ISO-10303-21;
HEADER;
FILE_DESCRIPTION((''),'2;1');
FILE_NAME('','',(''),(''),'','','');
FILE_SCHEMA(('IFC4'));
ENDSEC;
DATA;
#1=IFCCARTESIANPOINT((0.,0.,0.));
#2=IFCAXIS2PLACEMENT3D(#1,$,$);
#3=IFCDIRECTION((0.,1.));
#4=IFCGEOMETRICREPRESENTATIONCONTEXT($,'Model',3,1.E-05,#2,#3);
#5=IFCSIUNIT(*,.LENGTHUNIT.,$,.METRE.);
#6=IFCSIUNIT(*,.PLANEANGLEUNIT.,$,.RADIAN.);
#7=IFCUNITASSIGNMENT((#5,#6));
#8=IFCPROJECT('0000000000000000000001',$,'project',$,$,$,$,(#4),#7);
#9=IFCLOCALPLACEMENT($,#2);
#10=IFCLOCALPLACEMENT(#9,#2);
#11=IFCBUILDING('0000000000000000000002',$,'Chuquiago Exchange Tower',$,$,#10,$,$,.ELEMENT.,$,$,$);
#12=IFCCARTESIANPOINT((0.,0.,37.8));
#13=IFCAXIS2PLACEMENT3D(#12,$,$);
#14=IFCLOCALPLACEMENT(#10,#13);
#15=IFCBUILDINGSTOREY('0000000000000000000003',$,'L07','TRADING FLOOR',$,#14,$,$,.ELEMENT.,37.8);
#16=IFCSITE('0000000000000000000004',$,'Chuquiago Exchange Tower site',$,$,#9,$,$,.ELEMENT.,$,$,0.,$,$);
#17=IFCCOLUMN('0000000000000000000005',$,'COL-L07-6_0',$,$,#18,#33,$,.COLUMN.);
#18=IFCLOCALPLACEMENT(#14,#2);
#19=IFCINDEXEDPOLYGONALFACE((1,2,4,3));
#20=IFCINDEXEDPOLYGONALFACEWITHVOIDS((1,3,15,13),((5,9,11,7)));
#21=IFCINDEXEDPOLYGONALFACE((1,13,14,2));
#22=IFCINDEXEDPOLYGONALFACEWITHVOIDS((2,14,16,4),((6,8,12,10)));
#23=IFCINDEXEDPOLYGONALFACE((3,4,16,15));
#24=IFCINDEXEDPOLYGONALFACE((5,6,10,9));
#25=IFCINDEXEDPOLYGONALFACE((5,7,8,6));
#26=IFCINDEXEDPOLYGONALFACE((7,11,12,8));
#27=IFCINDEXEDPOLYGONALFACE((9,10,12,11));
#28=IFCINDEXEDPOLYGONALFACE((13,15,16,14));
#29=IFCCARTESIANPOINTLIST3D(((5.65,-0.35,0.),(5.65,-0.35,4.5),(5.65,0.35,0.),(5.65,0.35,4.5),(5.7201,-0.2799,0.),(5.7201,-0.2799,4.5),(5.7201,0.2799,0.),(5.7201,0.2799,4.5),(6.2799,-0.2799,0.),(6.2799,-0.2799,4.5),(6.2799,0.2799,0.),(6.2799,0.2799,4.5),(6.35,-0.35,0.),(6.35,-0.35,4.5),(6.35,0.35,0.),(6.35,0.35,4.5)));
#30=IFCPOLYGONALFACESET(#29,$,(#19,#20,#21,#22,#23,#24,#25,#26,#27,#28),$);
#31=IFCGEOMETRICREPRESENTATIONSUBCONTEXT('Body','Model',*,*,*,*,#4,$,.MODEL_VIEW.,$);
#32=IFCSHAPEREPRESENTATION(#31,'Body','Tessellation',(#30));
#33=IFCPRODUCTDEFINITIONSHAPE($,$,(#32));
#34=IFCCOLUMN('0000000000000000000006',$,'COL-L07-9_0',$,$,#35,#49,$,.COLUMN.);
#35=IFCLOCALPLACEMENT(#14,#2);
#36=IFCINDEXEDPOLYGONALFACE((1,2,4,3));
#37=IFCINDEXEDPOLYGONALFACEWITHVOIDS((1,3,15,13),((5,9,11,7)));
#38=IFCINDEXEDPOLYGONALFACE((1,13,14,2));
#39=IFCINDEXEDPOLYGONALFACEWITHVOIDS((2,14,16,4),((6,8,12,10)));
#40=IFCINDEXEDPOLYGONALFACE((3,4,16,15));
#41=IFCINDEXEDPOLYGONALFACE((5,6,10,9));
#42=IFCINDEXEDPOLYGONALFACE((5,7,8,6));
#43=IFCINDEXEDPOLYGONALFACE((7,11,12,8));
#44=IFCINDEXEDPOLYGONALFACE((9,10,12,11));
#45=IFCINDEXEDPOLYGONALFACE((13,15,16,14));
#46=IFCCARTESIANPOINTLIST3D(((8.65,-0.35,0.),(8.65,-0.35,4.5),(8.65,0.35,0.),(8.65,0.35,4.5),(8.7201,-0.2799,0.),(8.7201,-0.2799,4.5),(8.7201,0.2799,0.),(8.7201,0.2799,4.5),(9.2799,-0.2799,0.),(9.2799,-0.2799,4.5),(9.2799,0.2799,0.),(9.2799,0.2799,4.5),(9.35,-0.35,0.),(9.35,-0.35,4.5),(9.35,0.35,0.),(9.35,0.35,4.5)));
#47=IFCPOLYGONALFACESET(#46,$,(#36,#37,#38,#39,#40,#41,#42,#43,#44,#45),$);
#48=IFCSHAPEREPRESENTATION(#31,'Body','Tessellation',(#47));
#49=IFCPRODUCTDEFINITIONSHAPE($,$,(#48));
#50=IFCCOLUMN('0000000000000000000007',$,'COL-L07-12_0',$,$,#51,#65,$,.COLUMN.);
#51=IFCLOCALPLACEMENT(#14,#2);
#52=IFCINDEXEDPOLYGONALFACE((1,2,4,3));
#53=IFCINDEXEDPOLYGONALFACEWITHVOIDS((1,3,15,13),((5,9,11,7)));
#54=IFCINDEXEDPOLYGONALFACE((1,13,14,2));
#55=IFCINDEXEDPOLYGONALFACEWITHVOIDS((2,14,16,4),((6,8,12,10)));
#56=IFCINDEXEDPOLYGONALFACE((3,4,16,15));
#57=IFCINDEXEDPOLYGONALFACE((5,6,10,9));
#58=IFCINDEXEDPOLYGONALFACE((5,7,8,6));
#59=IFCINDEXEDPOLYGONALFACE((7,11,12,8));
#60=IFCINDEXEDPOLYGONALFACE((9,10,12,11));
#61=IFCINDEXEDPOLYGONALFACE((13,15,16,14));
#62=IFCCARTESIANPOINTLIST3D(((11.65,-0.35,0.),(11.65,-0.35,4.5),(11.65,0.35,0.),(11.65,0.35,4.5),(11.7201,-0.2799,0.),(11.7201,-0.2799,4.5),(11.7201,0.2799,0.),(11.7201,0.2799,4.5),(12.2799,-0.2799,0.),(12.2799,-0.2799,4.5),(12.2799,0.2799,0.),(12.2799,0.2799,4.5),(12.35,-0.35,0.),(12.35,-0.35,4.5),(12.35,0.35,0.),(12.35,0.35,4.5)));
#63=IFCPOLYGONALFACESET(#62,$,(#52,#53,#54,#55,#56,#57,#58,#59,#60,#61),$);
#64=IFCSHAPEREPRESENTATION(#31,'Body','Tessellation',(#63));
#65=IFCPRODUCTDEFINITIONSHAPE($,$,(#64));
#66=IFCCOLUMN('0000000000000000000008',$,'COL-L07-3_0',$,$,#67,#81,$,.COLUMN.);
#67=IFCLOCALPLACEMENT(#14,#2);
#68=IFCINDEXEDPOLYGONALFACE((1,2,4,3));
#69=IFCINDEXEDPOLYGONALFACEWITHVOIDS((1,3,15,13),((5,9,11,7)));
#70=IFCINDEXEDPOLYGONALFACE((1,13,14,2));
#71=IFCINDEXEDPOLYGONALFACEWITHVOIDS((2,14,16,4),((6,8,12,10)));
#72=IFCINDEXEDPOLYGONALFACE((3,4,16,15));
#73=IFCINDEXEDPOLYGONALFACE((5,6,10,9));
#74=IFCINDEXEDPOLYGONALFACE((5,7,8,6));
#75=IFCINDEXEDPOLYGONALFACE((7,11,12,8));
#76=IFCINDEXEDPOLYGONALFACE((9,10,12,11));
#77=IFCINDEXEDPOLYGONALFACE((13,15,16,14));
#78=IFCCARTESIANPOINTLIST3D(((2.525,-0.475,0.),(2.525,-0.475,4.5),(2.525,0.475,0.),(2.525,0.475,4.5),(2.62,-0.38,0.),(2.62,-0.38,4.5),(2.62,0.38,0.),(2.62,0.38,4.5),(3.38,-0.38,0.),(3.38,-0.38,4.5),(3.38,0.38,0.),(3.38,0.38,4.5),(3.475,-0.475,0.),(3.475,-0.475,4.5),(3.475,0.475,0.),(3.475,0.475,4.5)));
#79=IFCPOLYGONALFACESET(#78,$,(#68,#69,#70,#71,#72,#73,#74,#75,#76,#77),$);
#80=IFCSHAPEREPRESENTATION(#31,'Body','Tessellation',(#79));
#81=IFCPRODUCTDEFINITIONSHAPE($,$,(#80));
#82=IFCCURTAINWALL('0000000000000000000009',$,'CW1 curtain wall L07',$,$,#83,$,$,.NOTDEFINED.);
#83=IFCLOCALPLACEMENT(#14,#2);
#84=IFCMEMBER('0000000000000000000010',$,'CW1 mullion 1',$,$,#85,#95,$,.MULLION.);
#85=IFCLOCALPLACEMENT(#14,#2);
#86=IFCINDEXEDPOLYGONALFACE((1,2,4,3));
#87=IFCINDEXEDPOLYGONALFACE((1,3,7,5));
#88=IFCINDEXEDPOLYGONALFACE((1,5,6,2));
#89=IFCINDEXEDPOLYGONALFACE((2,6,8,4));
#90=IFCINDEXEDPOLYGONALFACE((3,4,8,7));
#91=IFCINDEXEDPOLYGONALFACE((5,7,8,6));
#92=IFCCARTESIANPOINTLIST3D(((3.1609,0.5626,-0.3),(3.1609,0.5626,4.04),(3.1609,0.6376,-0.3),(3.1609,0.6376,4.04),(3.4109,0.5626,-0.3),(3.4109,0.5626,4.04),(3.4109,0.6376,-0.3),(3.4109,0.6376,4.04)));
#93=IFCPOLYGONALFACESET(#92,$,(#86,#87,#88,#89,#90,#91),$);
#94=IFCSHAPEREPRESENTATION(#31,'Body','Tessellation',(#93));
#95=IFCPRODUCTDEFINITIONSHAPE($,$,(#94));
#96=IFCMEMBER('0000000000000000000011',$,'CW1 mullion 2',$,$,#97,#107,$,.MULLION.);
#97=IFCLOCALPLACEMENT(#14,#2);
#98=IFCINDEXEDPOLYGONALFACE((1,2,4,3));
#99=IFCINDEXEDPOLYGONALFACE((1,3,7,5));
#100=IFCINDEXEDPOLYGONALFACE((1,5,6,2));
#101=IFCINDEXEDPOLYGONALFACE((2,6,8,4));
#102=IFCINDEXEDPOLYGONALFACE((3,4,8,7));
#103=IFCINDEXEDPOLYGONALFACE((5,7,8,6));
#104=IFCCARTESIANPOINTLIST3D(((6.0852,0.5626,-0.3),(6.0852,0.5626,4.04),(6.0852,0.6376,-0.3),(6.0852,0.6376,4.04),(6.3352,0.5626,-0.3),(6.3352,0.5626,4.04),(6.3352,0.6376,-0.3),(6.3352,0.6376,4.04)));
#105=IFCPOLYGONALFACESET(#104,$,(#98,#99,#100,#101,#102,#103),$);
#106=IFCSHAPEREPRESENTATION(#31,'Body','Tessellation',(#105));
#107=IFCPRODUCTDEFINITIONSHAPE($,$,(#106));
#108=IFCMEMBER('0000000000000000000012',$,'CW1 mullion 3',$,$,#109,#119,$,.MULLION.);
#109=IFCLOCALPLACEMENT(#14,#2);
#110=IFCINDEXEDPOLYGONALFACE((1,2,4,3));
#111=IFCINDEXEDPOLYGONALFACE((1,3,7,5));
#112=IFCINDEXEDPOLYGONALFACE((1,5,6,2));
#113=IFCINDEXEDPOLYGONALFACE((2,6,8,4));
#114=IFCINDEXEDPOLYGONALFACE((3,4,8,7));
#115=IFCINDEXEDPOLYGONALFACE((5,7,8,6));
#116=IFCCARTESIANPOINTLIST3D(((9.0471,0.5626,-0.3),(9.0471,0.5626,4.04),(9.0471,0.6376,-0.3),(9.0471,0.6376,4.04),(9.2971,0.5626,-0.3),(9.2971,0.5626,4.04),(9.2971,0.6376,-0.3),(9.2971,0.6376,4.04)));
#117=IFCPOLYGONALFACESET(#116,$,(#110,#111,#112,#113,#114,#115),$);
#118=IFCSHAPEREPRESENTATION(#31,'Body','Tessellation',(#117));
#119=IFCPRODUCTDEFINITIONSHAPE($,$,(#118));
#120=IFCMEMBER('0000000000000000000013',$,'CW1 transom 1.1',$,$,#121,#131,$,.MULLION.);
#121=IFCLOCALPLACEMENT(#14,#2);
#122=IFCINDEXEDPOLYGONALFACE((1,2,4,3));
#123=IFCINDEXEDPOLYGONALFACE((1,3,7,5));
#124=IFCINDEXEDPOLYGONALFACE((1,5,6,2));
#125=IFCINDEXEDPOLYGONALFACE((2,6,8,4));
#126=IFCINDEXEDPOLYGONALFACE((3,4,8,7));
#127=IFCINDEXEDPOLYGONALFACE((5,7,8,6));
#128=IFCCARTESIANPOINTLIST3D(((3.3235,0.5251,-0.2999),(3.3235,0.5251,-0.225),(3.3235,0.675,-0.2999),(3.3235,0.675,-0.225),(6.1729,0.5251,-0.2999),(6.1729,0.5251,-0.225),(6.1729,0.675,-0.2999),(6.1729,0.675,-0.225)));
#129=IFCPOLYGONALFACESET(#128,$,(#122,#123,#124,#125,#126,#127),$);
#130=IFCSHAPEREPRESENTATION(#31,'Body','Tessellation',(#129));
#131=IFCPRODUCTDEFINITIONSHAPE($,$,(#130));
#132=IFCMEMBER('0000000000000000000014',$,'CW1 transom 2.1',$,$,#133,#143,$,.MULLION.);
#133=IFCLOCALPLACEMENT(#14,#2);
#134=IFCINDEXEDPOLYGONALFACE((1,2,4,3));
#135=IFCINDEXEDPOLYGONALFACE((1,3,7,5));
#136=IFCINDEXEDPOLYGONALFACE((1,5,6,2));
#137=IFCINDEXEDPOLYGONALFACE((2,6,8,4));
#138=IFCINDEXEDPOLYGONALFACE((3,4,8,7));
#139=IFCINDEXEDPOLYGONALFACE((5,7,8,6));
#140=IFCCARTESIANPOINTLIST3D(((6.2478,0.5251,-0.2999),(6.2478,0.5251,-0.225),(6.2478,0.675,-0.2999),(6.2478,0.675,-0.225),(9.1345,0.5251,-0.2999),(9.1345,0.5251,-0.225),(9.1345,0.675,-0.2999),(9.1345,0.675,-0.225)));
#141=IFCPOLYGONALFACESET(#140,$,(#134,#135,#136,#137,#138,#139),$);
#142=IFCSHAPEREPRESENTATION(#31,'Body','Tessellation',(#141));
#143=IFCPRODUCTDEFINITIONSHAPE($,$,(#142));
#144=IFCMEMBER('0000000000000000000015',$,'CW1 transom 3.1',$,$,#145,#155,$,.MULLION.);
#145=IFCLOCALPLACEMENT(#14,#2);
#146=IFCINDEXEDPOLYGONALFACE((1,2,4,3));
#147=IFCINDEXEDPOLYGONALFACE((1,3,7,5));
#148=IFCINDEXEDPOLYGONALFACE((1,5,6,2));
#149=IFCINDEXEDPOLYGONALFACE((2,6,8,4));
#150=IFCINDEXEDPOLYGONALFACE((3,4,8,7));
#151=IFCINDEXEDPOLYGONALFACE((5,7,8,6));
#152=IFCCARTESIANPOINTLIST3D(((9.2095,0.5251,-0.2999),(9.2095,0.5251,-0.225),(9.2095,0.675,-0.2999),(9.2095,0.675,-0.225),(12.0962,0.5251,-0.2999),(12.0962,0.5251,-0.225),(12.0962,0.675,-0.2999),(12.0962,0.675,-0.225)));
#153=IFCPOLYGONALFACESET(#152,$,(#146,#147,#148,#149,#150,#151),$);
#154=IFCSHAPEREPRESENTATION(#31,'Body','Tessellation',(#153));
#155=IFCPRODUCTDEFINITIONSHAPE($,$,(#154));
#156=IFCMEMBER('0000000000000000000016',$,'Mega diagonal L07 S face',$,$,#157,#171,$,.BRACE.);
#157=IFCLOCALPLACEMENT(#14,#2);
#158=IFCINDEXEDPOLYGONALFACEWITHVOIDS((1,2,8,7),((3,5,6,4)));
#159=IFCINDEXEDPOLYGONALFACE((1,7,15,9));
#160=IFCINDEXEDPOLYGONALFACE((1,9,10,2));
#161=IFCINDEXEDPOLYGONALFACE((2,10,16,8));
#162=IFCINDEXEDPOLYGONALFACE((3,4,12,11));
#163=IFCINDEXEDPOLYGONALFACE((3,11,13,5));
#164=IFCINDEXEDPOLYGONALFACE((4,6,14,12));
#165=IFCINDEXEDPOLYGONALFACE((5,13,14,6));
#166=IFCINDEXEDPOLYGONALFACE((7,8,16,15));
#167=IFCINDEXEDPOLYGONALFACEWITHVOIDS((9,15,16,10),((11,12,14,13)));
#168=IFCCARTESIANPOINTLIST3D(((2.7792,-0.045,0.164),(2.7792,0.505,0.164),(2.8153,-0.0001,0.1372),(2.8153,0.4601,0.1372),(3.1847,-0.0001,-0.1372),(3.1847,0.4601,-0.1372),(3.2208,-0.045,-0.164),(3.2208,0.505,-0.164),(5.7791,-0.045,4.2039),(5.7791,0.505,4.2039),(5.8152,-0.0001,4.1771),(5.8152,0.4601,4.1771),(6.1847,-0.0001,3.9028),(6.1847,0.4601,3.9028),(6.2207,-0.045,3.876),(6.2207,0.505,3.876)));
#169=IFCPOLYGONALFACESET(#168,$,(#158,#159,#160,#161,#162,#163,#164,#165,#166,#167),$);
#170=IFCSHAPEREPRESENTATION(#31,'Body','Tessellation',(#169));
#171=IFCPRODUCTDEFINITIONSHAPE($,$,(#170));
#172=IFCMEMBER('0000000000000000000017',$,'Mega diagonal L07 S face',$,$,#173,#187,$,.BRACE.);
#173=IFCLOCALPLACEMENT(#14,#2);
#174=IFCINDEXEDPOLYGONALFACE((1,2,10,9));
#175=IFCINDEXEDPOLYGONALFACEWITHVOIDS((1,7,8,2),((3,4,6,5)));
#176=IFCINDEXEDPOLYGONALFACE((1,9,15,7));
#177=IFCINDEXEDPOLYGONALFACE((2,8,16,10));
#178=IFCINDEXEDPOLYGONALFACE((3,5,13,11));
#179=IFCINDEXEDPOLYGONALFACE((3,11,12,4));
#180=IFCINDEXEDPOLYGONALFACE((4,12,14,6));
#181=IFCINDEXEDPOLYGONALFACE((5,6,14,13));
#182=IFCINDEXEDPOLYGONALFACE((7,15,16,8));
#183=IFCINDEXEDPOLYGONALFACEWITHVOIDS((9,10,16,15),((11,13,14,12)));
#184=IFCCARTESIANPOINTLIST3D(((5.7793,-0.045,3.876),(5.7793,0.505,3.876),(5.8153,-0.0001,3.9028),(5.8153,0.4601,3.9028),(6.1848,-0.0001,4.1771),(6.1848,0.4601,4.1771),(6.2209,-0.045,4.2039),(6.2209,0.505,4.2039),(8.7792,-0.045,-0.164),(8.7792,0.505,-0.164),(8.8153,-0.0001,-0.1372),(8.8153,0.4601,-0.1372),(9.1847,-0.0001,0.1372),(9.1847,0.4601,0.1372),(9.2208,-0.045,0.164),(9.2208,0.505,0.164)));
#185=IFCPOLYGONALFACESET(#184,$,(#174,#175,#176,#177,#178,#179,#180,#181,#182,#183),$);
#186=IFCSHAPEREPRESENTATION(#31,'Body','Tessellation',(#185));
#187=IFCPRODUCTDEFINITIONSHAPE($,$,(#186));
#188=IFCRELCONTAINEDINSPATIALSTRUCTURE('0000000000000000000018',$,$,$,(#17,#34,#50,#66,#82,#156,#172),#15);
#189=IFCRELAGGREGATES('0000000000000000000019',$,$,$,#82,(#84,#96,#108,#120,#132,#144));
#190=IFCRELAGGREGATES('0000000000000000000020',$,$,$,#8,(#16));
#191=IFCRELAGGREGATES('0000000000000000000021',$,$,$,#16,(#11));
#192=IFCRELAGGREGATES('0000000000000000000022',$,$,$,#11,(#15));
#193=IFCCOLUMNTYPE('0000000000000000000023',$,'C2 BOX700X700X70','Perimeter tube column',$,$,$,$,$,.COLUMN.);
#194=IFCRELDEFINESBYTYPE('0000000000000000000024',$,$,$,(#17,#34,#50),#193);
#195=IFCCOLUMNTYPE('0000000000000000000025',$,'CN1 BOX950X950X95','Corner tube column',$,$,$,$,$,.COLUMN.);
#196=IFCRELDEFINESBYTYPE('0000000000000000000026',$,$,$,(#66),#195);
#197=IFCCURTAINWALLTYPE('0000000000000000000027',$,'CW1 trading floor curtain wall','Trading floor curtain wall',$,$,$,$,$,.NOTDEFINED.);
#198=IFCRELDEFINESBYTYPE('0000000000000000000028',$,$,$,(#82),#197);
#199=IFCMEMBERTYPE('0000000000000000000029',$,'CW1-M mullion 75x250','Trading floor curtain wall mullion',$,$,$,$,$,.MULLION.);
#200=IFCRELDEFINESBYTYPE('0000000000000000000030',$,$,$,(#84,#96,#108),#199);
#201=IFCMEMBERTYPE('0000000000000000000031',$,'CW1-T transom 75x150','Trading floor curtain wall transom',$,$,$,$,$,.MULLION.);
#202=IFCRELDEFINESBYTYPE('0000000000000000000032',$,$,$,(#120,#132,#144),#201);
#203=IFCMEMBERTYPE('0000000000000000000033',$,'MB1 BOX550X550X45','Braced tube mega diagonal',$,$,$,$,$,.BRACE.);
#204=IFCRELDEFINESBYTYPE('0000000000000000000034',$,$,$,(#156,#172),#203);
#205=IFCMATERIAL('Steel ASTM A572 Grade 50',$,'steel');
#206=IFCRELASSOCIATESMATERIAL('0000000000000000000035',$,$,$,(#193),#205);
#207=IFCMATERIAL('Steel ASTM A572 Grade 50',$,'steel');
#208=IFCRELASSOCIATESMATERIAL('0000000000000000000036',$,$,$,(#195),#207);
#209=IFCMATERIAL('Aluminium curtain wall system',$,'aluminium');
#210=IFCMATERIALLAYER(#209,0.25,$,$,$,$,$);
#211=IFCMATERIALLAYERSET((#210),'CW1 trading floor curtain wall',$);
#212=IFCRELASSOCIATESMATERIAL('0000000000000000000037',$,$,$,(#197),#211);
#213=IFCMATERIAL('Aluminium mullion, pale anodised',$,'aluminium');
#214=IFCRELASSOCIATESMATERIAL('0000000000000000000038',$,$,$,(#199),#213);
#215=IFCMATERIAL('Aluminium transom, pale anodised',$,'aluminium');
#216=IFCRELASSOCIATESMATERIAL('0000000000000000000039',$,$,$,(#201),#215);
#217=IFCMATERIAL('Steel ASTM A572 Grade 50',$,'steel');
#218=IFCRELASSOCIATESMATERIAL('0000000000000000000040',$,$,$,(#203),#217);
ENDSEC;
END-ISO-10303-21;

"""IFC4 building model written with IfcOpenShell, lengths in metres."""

from ifc_helpers import new_model, si_unit, direction, frame, origin, origin_2d, place, context, subcontext, project, spatial, rectangle, hollow_rectangle, extrude, material, layer, layer_set, material_profile, profile_set, type_object, element, aggregate, save


model = new_model("IFC4")

# Units and contexts
model_context = context("Model", 3, precision=1e-05, world=origin(), true_north=direction((0.0, 1.0)))
body_context = subcontext(model_context, "Body", "Model", "MODEL_VIEW")
ifc_project = project(units=[si_unit("LENGTHUNIT", "METRE"), si_unit("PLANEANGLEUNIT", "RADIAN")], contexts=[model_context])

# Site, building, storey
site_placement = place(None, origin())
site = spatial("IfcSite", under=ifc_project, at=site_placement, Name="Chuquiago Exchange Tower site", CompositionType="ELEMENT", RefElevation=0.0)
building_placement = place(site_placement, origin())
building = spatial("IfcBuilding", under=site, at=building_placement, Name="Chuquiago Exchange Tower", CompositionType="ELEMENT")
storey_placement = place(building_placement, frame((0.0, 0.0, 37.8)))
storey = spatial("IfcBuildingStorey", under=building, at=storey_placement, Name="L07", Description="TRADING FLOOR", CompositionType="ELEMENT", Elevation=37.8)

# Columns
ifc_material_1 = material(Name="Steel ASTM A572 Grade 50", Category="steel")
ifc_material_profile_1 = material_profile(ifc_material_1, hollow_rectangle(XDim=0.7, YDim=0.7, WallThickness=0.0701, at=origin_2d()), Name="BOX700X700X70")
ifc_profile_set_1 = profile_set([ifc_material_profile_1], Name="Steel ASTM A572 Grade 50")
column_type_1 = type_object("IfcColumnType", Name="C2 BOX700X700X70", Description="Perimeter tube column", PredefinedType="COLUMN", material=ifc_profile_set_1)
for number, where, z_axis, x_axis, name in (
    (1, (6.0, 0.0, 0.0), (0.0, 0.0, 1.0), (0.0, -1.0, 0.0), "COL-L07-6_0"),
    (2, (9.0, 0.0, 0.0), (0.0, 0.0, 1.0), (0.0, -1.0, 0.0), "COL-L07-9_0"),
    (3, (12.0, 0.0, 0.0), (0.0, 0.0, 1.0), (0.0, -1.0, 0.0), "COL-L07-12_0"),
):
    element("IfcColumn", number, at=place(storey_placement, frame(where, z_axis=z_axis, x_axis=x_axis)), inside=storey, type_object=column_type_1, Name=name, PredefinedType="COLUMN", context=body_context, shape_type="SweptSolid", body=[
        extrude(hollow_rectangle(XDim=0.7, YDim=0.7, WallThickness=0.0701, at=origin_2d()), origin(), (0.0, 0.0, 1.0), 4.5),
    ])
ifc_material_2 = material(Name="Steel ASTM A572 Grade 50", Category="steel")
ifc_material_profile_2 = material_profile(ifc_material_2, hollow_rectangle(XDim=0.95, YDim=0.95, WallThickness=0.095, at=origin_2d()), Name="BOX950X950X95")
ifc_profile_set_2 = profile_set([ifc_material_profile_2], Name="Steel ASTM A572 Grade 50")
column_type_2 = type_object("IfcColumnType", Name="CN1 BOX950X950X95", Description="Corner tube column", PredefinedType="COLUMN", material=ifc_profile_set_2)
column_placement = place(storey_placement, frame((3.0, 0.0, 0.0), z_axis=(0.0, 0.0, 1.0), x_axis=(0.0, -1.0, 0.0)))
element("IfcColumn", 4, at=column_placement, inside=storey, type_object=column_type_2, Name="COL-L07-3_0", PredefinedType="COLUMN", context=body_context, shape_type="SweptSolid", body=[
    extrude(hollow_rectangle(XDim=0.95, YDim=0.95, WallThickness=0.095, at=origin_2d()), origin(), (0.0, 0.0, 1.0), 4.5),
])

# Curtain wall, members
ifc_material_3 = material(Name="Aluminium curtain wall system", Category="aluminium")
ifc_layer_1 = layer(ifc_material_3, 0.25)
ifc_layer_set_1 = layer_set([ifc_layer_1], Name="CW1 trading floor curtain wall")
curtain_wall_type = type_object("IfcCurtainWallType", Name="CW1 trading floor curtain wall", Description="Trading floor curtain wall", PredefinedType="NOTDEFINED", material=ifc_layer_set_1)
curtain_wall_placement = place(storey_placement, origin())
curtain_wall = element("IfcCurtainWall", 5, at=curtain_wall_placement, inside=storey, type_object=curtain_wall_type, Name="CW1 curtain wall L07", PredefinedType="NOTDEFINED")
ifc_material_4 = material(Name="Aluminium mullion, pale anodised", Category="aluminium")
ifc_material_profile_3 = material_profile(ifc_material_4, rectangle(XDim=0.075, YDim=0.25, at=origin_2d()), Name="AL 75x250")
ifc_profile_set_3 = profile_set([ifc_material_profile_3], Name="Aluminium mullion, pale anodised")
member_type_1 = type_object("IfcMemberType", Name="CW1-M mullion 75x250", Description="Trading floor curtain wall mullion", PredefinedType="MULLION", material=ifc_profile_set_3)
member_1_placement = place(storey_placement, frame((3.2859, 0.6001, -0.3), z_axis=(0.0, 0.0, 1.0), x_axis=(0.0, 1.0, 0.0)))
member_1 = element("IfcMember", 6, at=member_1_placement, type_object=member_type_1, Name="CW1 mullion 1", PredefinedType="MULLION", context=body_context, shape_type="SweptSolid", body=[
    extrude(rectangle(XDim=0.075, YDim=0.25, at=origin_2d()), origin(), (0.0, 0.0, 1.0), 4.3401),
])
member_2_placement = place(storey_placement, frame((6.2102, 0.6001, -0.3), z_axis=(0.0, 0.0, 1.0), x_axis=(0.0, 1.0, 0.0)))
member_2 = element("IfcMember", 7, at=member_2_placement, type_object=member_type_1, Name="CW1 mullion 2", PredefinedType="MULLION", context=body_context, shape_type="SweptSolid", body=[
    extrude(rectangle(XDim=0.075, YDim=0.25, at=origin_2d()), origin(), (0.0, 0.0, 1.0), 4.3401),
])
member_3_placement = place(storey_placement, frame((9.1721, 0.6001, -0.3), z_axis=(0.0, 0.0, 1.0), x_axis=(0.0, 1.0, 0.0)))
member_3 = element("IfcMember", 8, at=member_3_placement, type_object=member_type_1, Name="CW1 mullion 3", PredefinedType="MULLION", context=body_context, shape_type="SweptSolid", body=[
    extrude(rectangle(XDim=0.075, YDim=0.25, at=origin_2d()), origin(), (0.0, 0.0, 1.0), 4.3401),
])
ifc_material_5 = material(Name="Aluminium transom, pale anodised", Category="aluminium")
ifc_material_profile_4 = material_profile(ifc_material_5, rectangle(XDim=0.1499, YDim=0.075, at=origin_2d()), Name="AL 150x75")
ifc_profile_set_4 = profile_set([ifc_material_profile_4], Name="Aluminium transom, pale anodised")
member_type_2 = type_object("IfcMemberType", Name="CW1-T transom 75x150", Description="Trading floor curtain wall transom", PredefinedType="MULLION", material=ifc_profile_set_4)
member_4_placement = place(storey_placement, frame((3.3235, 0.6001, -0.2625), z_axis=(1.0, 0.0, 0.0), x_axis=(0.0, 1.0, 0.0)))
member_4 = element("IfcMember", 9, at=member_4_placement, type_object=member_type_2, Name="CW1 transom 1.1", PredefinedType="MULLION", context=body_context, shape_type="SweptSolid", body=[
    extrude(rectangle(XDim=0.1499, YDim=0.075, at=origin_2d()), origin(), (0.0, 0.0, 1.0), 2.8494),
])
member_5_placement = place(storey_placement, frame((6.2478, 0.6001, -0.2625), z_axis=(1.0, 0.0, 0.0), x_axis=(0.0, 1.0, 0.0)))
member_5 = element("IfcMember", 10, at=member_5_placement, type_object=member_type_2, Name="CW1 transom 2.1", PredefinedType="MULLION", context=body_context, shape_type="SweptSolid", body=[
    extrude(rectangle(XDim=0.1499, YDim=0.075, at=origin_2d()), origin(), (0.0, 0.0, 1.0), 2.8867),
])
member_6_placement = place(storey_placement, frame((9.2095, 0.6001, -0.2625), z_axis=(1.0, 0.0, 0.0), x_axis=(0.0, 1.0, 0.0)))
member_6 = element("IfcMember", 11, at=member_6_placement, type_object=member_type_2, Name="CW1 transom 3.1", PredefinedType="MULLION", context=body_context, shape_type="SweptSolid", body=[
    extrude(rectangle(XDim=0.1499, YDim=0.075, at=origin_2d()), origin(), (0.0, 0.0, 1.0), 2.8867),
])

# Members
ifc_material_6 = material(Name="Steel ASTM A572 Grade 50", Category="steel")
ifc_material_profile_5 = material_profile(ifc_material_6, hollow_rectangle(XDim=0.55, YDim=0.55, WallThickness=0.0449, at=origin_2d()), Name="BOX550X550X45")
ifc_profile_set_5 = profile_set([ifc_material_profile_5], Name="Steel ASTM A572 Grade 50")
member_type_3 = type_object("IfcMemberType", Name="MB1 BOX550X550X45", Description="Braced tube mega diagonal", PredefinedType="BRACE", material=ifc_profile_set_5)
for number, where, z_axis, x_axis, name in (
    (12, (3.0, 0.23, 0.0), (0.596174, 0.0, 0.802855), (0.0, 1.0, 0.0), "Mega diagonal L07 S face"),
    (13, (9.0, 0.23, 0.0), (-0.596174, 0.0, 0.802855), (0.0, -1.0, 0.0), "Mega diagonal L07 S face"),
):
    element("IfcMember", number, at=place(storey_placement, frame(where, z_axis=z_axis, x_axis=x_axis)), inside=storey, type_object=member_type_3, Name=name, PredefinedType="BRACE", context=body_context, shape_type="SweptSolid", body=[
        extrude(hollow_rectangle(XDim=0.55, YDim=0.55, WallThickness=0.0449, at=origin_2d()), origin(), (0.0, 0.0, 1.0), 5.032),
    ])

aggregate(curtain_wall, [member_1, member_2, member_3, member_4, member_5, member_6])

save(model, "model.ifc")
